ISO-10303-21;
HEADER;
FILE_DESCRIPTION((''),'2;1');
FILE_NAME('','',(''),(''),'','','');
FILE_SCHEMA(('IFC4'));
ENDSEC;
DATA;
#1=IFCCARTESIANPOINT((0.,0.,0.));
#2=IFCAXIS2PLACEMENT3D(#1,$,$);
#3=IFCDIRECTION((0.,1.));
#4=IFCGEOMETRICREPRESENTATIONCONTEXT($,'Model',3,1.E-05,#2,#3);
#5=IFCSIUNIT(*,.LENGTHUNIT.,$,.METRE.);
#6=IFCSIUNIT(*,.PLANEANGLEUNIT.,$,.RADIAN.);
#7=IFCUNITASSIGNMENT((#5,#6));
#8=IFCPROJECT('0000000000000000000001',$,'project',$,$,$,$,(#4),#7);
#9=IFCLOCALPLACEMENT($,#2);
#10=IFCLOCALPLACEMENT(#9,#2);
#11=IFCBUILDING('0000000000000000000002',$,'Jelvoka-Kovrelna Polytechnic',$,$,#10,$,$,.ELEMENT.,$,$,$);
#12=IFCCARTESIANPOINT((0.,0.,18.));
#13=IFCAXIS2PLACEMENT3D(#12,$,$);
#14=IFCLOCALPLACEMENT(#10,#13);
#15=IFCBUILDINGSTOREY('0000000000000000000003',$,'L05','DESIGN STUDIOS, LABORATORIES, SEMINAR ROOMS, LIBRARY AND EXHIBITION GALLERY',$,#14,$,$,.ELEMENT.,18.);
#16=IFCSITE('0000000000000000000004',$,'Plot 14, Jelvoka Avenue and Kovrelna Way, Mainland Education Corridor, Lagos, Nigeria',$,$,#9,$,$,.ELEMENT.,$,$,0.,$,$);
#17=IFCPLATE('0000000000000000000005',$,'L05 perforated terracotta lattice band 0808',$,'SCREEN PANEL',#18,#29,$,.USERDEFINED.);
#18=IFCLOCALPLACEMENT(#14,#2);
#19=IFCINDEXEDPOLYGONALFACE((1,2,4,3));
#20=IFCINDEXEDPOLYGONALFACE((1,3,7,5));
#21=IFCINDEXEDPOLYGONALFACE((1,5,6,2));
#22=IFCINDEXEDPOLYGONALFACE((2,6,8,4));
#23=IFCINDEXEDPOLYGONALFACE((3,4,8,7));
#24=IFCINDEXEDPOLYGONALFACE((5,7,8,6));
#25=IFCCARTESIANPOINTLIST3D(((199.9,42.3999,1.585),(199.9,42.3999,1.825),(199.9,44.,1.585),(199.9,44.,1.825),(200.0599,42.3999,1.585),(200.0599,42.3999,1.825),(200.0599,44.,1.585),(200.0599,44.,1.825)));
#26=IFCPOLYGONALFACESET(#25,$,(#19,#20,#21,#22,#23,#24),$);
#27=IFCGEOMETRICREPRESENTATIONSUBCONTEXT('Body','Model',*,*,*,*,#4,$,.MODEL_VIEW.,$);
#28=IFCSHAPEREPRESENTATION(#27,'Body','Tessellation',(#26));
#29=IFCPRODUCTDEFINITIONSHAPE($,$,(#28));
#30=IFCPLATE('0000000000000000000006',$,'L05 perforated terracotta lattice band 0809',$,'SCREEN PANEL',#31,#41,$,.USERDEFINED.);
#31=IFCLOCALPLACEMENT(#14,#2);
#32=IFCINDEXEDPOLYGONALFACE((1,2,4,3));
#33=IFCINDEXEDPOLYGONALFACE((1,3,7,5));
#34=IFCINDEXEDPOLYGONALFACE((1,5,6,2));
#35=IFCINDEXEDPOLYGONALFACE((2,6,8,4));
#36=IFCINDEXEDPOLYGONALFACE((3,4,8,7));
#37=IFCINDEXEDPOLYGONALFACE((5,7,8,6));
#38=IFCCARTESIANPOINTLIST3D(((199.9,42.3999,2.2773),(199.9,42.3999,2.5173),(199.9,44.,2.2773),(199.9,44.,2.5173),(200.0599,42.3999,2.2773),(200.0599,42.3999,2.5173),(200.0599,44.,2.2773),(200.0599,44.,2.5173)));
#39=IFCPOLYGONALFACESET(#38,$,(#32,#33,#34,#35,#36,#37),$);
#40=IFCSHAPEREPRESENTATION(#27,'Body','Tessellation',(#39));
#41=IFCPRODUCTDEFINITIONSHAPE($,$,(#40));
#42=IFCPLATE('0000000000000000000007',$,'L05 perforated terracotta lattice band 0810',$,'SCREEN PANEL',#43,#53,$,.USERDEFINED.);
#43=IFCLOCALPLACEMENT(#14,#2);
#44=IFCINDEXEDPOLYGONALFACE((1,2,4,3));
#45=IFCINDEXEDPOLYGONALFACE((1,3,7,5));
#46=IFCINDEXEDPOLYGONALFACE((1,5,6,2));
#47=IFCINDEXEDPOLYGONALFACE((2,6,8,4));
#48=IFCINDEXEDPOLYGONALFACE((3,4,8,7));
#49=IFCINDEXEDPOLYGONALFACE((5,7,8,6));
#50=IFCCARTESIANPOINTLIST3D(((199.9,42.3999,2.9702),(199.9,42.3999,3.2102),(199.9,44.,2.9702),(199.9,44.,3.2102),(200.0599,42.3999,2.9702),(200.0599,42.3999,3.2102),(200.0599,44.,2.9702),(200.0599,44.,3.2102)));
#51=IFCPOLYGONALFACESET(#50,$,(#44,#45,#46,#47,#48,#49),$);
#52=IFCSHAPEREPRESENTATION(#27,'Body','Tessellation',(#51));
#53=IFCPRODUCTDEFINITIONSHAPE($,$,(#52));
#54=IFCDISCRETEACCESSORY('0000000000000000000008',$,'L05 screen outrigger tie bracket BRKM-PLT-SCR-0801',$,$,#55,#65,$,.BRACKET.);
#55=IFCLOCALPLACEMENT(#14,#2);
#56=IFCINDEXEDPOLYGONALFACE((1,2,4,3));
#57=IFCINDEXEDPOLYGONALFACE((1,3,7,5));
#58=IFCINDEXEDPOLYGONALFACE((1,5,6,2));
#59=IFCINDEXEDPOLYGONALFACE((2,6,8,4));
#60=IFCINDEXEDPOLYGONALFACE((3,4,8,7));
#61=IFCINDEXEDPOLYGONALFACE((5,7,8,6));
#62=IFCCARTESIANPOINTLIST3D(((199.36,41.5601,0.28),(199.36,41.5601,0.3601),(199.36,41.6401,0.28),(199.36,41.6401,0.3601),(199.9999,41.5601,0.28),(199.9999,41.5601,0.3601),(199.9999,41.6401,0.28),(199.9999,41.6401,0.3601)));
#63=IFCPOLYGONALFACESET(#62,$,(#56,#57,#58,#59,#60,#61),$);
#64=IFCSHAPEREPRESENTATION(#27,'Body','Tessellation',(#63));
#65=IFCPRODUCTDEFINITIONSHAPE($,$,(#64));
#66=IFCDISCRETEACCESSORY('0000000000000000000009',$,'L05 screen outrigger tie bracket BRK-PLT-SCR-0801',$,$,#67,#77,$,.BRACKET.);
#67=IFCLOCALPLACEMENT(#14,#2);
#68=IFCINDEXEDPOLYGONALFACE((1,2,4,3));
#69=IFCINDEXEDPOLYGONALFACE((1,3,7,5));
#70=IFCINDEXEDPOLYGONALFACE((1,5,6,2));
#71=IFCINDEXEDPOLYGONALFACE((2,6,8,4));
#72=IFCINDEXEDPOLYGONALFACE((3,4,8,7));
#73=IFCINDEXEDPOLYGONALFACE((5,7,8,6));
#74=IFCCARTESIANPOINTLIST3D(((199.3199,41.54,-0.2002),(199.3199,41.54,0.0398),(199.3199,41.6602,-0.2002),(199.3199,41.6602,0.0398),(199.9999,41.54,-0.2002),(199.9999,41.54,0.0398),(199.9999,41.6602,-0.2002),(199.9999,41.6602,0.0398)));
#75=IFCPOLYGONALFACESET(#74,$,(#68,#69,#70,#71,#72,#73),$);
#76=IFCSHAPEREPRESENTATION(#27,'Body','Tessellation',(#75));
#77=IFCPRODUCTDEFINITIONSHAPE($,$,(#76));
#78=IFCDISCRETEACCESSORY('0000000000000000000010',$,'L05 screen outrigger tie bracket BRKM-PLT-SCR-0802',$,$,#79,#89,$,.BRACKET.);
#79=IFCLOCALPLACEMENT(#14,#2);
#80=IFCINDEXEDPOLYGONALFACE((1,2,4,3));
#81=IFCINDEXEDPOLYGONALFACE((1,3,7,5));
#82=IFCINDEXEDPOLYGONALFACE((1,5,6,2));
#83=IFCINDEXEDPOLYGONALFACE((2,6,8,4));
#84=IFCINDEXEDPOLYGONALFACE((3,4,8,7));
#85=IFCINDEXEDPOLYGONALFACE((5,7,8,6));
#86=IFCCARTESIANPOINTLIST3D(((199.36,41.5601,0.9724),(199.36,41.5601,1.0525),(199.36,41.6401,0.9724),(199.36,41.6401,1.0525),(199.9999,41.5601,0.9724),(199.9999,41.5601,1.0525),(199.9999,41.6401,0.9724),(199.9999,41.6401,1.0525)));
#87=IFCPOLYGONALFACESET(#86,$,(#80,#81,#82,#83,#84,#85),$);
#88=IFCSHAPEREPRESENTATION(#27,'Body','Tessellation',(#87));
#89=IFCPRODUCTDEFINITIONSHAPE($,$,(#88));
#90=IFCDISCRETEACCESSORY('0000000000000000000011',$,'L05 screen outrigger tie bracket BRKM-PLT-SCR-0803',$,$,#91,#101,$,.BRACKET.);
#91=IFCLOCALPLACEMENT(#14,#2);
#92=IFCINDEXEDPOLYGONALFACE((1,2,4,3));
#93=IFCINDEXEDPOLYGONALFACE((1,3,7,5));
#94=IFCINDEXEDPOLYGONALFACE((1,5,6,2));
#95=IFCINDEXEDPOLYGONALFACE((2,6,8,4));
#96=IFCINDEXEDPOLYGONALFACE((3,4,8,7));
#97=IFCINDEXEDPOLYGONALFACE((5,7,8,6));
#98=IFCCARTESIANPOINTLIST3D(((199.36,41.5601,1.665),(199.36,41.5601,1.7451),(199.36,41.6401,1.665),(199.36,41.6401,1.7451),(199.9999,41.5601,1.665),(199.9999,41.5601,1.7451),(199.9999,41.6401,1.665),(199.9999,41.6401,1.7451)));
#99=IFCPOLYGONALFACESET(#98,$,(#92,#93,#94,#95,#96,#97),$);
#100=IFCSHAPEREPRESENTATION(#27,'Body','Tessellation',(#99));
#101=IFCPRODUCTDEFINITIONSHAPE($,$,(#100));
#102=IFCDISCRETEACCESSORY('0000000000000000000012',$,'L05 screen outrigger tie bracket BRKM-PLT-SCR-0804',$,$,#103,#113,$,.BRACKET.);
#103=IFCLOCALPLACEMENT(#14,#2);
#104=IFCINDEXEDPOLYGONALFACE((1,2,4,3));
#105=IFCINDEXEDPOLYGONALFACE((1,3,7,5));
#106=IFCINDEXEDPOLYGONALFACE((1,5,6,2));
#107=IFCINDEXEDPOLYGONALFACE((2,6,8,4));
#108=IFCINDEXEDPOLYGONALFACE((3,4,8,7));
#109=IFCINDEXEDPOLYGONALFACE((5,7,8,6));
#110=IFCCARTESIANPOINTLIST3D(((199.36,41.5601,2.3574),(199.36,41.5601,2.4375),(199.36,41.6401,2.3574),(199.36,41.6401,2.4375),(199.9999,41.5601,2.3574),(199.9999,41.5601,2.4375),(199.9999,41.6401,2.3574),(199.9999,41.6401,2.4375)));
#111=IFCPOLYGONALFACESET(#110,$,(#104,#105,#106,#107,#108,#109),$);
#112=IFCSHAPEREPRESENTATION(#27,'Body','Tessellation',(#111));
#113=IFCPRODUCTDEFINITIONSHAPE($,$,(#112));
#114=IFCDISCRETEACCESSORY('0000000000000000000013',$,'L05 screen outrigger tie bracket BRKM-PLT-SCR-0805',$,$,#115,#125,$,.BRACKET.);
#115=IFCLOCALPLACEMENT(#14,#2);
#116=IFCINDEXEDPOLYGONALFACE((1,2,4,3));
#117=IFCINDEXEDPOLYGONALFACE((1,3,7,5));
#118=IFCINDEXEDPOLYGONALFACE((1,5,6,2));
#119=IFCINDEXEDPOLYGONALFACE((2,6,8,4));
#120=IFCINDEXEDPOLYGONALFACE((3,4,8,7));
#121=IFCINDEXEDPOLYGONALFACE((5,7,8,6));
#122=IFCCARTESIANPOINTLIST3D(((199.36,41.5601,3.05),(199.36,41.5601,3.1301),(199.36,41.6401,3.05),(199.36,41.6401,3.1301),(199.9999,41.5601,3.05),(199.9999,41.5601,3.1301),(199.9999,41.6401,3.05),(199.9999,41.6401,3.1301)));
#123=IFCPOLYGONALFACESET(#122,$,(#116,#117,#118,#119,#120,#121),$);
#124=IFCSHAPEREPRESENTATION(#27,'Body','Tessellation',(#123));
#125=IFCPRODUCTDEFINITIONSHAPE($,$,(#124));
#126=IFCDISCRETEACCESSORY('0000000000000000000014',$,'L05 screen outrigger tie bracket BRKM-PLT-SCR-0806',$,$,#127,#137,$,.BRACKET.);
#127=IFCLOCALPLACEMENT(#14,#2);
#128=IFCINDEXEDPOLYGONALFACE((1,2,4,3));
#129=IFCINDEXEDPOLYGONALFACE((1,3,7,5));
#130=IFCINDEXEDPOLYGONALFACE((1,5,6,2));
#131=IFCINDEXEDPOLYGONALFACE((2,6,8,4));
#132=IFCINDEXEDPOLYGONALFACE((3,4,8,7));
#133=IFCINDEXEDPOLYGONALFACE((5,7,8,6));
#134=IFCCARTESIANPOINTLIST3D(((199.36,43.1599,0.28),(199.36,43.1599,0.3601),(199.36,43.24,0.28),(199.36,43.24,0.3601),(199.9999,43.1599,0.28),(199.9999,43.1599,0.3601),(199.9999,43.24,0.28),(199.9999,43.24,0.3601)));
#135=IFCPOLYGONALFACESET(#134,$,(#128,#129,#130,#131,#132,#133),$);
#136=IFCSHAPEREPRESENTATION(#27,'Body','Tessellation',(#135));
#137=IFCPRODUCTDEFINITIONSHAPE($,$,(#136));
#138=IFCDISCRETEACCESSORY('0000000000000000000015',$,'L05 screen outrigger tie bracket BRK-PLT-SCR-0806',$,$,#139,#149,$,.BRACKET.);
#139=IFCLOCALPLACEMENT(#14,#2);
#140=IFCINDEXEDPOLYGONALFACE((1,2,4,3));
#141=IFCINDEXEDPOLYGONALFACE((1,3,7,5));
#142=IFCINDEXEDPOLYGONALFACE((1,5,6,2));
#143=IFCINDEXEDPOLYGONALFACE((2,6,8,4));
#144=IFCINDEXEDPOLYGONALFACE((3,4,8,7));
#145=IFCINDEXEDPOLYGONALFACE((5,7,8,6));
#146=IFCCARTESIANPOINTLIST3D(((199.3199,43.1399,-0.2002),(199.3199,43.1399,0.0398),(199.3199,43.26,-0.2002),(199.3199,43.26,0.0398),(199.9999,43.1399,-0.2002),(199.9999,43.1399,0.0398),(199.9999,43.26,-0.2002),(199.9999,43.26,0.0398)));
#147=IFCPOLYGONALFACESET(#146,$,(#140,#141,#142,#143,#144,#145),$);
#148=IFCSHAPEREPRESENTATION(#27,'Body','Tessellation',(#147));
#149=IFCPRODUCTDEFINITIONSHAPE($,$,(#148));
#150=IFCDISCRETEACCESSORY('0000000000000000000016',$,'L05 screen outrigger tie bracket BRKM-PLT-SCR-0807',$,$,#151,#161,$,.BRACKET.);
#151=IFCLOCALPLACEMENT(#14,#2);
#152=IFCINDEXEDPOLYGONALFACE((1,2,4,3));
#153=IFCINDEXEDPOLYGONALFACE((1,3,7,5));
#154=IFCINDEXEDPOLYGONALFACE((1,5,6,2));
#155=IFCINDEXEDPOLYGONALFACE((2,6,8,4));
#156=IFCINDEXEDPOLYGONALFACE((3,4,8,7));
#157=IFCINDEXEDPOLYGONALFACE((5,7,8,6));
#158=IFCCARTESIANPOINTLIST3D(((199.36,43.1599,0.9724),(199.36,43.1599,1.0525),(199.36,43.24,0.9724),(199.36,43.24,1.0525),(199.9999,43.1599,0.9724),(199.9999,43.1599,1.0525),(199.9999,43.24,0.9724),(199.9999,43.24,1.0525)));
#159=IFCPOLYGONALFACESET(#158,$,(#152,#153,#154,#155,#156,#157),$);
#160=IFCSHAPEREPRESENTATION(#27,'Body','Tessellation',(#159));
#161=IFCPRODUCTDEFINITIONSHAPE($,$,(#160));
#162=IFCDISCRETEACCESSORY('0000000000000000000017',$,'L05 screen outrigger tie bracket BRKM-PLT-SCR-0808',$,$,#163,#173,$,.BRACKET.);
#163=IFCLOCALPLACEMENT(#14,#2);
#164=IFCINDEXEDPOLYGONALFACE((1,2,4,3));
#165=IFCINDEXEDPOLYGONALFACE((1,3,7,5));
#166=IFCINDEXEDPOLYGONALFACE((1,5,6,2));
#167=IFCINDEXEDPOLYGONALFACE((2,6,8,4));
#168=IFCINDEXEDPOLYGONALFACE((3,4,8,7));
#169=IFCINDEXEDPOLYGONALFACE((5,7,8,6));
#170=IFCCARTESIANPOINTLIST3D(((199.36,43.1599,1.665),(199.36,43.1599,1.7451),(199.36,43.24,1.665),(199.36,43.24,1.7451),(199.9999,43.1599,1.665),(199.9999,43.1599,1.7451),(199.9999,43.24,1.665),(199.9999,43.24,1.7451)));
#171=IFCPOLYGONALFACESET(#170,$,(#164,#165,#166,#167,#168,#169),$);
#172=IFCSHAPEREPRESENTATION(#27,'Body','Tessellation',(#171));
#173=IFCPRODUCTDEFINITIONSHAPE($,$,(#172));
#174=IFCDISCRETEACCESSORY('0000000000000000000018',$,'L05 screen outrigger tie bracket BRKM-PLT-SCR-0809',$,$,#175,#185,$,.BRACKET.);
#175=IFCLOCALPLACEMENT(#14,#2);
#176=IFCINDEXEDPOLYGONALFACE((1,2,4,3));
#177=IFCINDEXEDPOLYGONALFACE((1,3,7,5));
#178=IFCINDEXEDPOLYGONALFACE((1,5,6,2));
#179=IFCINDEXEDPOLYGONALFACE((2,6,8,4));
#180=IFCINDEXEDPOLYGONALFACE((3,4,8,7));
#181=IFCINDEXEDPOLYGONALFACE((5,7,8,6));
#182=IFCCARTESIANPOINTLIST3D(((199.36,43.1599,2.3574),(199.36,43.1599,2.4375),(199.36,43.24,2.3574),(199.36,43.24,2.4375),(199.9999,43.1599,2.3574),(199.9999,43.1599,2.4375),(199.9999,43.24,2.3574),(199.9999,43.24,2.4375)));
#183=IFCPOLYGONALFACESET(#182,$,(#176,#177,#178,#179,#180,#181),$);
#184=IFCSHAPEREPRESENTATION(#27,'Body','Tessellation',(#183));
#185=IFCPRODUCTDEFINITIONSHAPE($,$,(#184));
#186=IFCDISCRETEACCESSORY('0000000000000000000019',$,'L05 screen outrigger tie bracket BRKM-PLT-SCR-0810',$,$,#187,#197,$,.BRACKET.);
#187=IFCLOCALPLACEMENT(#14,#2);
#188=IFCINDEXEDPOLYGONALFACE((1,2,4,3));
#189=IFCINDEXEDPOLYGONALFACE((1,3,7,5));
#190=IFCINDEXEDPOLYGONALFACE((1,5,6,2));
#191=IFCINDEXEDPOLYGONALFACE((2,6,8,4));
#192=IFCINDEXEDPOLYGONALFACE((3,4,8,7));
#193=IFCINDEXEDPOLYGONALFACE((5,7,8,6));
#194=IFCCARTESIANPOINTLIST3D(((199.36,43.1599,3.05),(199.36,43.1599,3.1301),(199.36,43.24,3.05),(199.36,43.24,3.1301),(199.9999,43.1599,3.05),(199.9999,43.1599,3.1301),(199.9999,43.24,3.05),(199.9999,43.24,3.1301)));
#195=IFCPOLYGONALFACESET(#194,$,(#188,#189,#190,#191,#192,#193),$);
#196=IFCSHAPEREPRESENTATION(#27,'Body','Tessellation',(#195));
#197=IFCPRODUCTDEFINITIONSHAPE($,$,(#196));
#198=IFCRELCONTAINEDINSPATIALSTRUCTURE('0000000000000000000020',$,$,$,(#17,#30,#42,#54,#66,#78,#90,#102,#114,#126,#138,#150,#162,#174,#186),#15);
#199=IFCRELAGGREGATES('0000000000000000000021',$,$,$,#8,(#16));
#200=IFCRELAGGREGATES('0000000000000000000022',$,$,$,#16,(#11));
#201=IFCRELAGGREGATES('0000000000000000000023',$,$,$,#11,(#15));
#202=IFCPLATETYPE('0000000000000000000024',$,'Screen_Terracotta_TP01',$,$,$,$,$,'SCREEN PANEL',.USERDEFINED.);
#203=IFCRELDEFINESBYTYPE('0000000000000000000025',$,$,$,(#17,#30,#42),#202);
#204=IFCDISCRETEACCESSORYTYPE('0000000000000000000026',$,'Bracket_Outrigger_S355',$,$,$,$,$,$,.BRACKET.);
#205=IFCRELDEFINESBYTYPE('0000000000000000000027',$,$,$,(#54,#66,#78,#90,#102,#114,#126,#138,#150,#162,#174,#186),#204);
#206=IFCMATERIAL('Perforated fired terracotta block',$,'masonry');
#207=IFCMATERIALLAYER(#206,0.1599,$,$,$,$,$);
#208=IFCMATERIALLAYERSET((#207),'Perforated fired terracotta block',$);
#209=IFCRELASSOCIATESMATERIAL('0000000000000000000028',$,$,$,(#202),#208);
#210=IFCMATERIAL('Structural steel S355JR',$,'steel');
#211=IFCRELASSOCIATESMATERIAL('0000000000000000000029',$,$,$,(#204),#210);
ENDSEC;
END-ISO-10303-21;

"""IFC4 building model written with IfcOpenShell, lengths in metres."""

from ifc_helpers import new_model, si_unit, direction, frame, origin, origin_2d, place, context, subcontext, project, spatial, rectangle, extrude, material, layer, layer_set, type_object, element, save


model = new_model("IFC4")

# Units and contexts
model_context = context("Model", 3, precision=1e-05, world=origin(), true_north=direction((0.0, 1.0)))
body_context = subcontext(model_context, "Body", "Model", "MODEL_VIEW")
ifc_project = project(units=[si_unit("LENGTHUNIT", "METRE"), si_unit("PLANEANGLEUNIT", "RADIAN")], contexts=[model_context])

# Site, building, storey
site_placement = place(None, origin())
site = spatial("IfcSite", under=ifc_project, at=site_placement, Name="Plot 14, Jelvoka Avenue and Kovrelna Way, Mainland Education Corridor, Lagos, Nigeria", CompositionType="ELEMENT", RefElevation=0.0)
building_placement = place(site_placement, origin())
building = spatial("IfcBuilding", under=site, at=building_placement, Name="Jelvoka-Kovrelna Polytechnic", CompositionType="ELEMENT")
storey_placement = place(building_placement, frame((0.0, 0.0, 18.0)))
storey = spatial("IfcBuildingStorey", under=building, at=storey_placement, Name="L05", Description="DESIGN STUDIOS, LABORATORIES, SEMINAR ROOMS, LIBRARY AND EXHIBITION GALLERY", CompositionType="ELEMENT", Elevation=18.0)

# Plates
ifc_material_1 = material(Name="Perforated fired terracotta block", Category="masonry")
ifc_layer_1 = layer(ifc_material_1, 0.1599)
ifc_layer_set_1 = layer_set([ifc_layer_1], Name="Perforated fired terracotta block")
plate_type_1 = type_object("IfcPlateType", Name="Screen_Terracotta_TP01", ElementType="SCREEN PANEL", PredefinedType="USERDEFINED", material=ifc_layer_set_1)
for number, where, z_axis, x_axis, name in (
    (1, (199.98, 43.2, 1.585), (0.0, 0.0, 1.0), (0.0, 1.0, 0.0), "L05 perforated terracotta lattice band 0808"),
    (2, (199.98, 43.2, 2.2773), (0.0, 0.0, 1.0), (0.0, 1.0, 0.0), "L05 perforated terracotta lattice band 0809"),
    (3, (199.98, 43.2, 2.9702), (0.0, 0.0, 1.0), (0.0, 1.0, 0.0), "L05 perforated terracotta lattice band 0810"),
):
    element("IfcPlate", number, at=place(storey_placement, frame(where, z_axis=z_axis, x_axis=x_axis)), inside=storey, type_object=plate_type_1, Name=name, ObjectType="SCREEN PANEL", PredefinedType="USERDEFINED", context=body_context, shape_type="SweptSolid", body=[
        extrude(rectangle(XDim=1.6001, YDim=0.1599, at=origin_2d()), origin(), (0.0, 0.0, 1.0), 0.24),
    ])

# Discrete accessories
ifc_material_2 = material(Name="Structural steel S355JR", Category="steel")
discrete_accessory_type = type_object("IfcDiscreteAccessoryType", Name="Bracket_Outrigger_S355", PredefinedType="BRACKET", material=ifc_material_2)
discrete_accessory_1_placement = place(storey_placement, frame((199.6799, 41.6001, 0.28), z_axis=(0.0, 0.0, 1.0), x_axis=(1.0, 0.0, 0.0)))
element("IfcDiscreteAccessory", 4, at=discrete_accessory_1_placement, inside=storey, type_object=discrete_accessory_type, Name="L05 screen outrigger tie bracket BRKM-PLT-SCR-0801", PredefinedType="BRACKET", context=body_context, shape_type="SweptSolid", body=[
    extrude(rectangle(XDim=0.6399, YDim=0.0801, at=origin_2d()), origin(), (0.0, 0.0, 1.0), 0.0801),
])
discrete_accessory_2_placement = place(storey_placement, frame((199.6599, 41.6001, -0.2002), z_axis=(0.0, 0.0, 1.0), x_axis=(1.0, 0.0, 0.0)))
element("IfcDiscreteAccessory", 5, at=discrete_accessory_2_placement, inside=storey, type_object=discrete_accessory_type, Name="L05 screen outrigger tie bracket BRK-PLT-SCR-0801", PredefinedType="BRACKET", context=body_context, shape_type="SweptSolid", body=[
    extrude(rectangle(XDim=0.6799, YDim=0.1201, at=origin_2d()), origin(), (0.0, 0.0, 1.0), 0.24),
])
for number, where, z_axis, x_axis, name in (
    (6, (199.6799, 41.6001, 0.9724), (0.0, 0.0, 1.0), (1.0, 0.0, 0.0), "L05 screen outrigger tie bracket BRKM-PLT-SCR-0802"),
    (7, (199.6799, 41.6001, 1.665), (0.0, 0.0, 1.0), (1.0, 0.0, 0.0), "L05 screen outrigger tie bracket BRKM-PLT-SCR-0803"),
    (8, (199.6799, 41.6001, 2.3574), (0.0, 0.0, 1.0), (1.0, 0.0, 0.0), "L05 screen outrigger tie bracket BRKM-PLT-SCR-0804"),
    (9, (199.6799, 41.6001, 3.05), (0.0, 0.0, 1.0), (1.0, 0.0, 0.0), "L05 screen outrigger tie bracket BRKM-PLT-SCR-0805"),
    (10, (199.6799, 43.2, 0.28), (0.0, 0.0, 1.0), (1.0, 0.0, 0.0), "L05 screen outrigger tie bracket BRKM-PLT-SCR-0806"),
):
    element("IfcDiscreteAccessory", number, at=place(storey_placement, frame(where, z_axis=z_axis, x_axis=x_axis)), inside=storey, type_object=discrete_accessory_type, Name=name, PredefinedType="BRACKET", context=body_context, shape_type="SweptSolid", body=[
        extrude(rectangle(XDim=0.6399, YDim=0.0801, at=origin_2d()), origin(), (0.0, 0.0, 1.0), 0.0801),
    ])
discrete_accessory_3_placement = place(storey_placement, frame((199.6599, 43.2, -0.2002), z_axis=(0.0, 0.0, 1.0), x_axis=(1.0, 0.0, 0.0)))
element("IfcDiscreteAccessory", 11, at=discrete_accessory_3_placement, inside=storey, type_object=discrete_accessory_type, Name="L05 screen outrigger tie bracket BRK-PLT-SCR-0806", PredefinedType="BRACKET", context=body_context, shape_type="SweptSolid", body=[
    extrude(rectangle(XDim=0.6799, YDim=0.1201, at=origin_2d()), origin(), (0.0, 0.0, 1.0), 0.24),
])
for number, where, z_axis, x_axis, name in (
    (12, (199.6799, 43.2, 0.9724), (0.0, 0.0, 1.0), (1.0, 0.0, 0.0), "L05 screen outrigger tie bracket BRKM-PLT-SCR-0807"),
    (13, (199.6799, 43.2, 1.665), (0.0, 0.0, 1.0), (1.0, 0.0, 0.0), "L05 screen outrigger tie bracket BRKM-PLT-SCR-0808"),
    (14, (199.6799, 43.2, 2.3574), (0.0, 0.0, 1.0), (1.0, 0.0, 0.0), "L05 screen outrigger tie bracket BRKM-PLT-SCR-0809"),
    (15, (199.6799, 43.2, 3.05), (0.0, 0.0, 1.0), (1.0, 0.0, 0.0), "L05 screen outrigger tie bracket BRKM-PLT-SCR-0810"),
):
    element("IfcDiscreteAccessory", number, at=place(storey_placement, frame(where, z_axis=z_axis, x_axis=x_axis)), inside=storey, type_object=discrete_accessory_type, Name=name, PredefinedType="BRACKET", context=body_context, shape_type="SweptSolid", body=[
        extrude(rectangle(XDim=0.6399, YDim=0.0801, at=origin_2d()), origin(), (0.0, 0.0, 1.0), 0.0801),
    ])

save(model, "model.ifc")
